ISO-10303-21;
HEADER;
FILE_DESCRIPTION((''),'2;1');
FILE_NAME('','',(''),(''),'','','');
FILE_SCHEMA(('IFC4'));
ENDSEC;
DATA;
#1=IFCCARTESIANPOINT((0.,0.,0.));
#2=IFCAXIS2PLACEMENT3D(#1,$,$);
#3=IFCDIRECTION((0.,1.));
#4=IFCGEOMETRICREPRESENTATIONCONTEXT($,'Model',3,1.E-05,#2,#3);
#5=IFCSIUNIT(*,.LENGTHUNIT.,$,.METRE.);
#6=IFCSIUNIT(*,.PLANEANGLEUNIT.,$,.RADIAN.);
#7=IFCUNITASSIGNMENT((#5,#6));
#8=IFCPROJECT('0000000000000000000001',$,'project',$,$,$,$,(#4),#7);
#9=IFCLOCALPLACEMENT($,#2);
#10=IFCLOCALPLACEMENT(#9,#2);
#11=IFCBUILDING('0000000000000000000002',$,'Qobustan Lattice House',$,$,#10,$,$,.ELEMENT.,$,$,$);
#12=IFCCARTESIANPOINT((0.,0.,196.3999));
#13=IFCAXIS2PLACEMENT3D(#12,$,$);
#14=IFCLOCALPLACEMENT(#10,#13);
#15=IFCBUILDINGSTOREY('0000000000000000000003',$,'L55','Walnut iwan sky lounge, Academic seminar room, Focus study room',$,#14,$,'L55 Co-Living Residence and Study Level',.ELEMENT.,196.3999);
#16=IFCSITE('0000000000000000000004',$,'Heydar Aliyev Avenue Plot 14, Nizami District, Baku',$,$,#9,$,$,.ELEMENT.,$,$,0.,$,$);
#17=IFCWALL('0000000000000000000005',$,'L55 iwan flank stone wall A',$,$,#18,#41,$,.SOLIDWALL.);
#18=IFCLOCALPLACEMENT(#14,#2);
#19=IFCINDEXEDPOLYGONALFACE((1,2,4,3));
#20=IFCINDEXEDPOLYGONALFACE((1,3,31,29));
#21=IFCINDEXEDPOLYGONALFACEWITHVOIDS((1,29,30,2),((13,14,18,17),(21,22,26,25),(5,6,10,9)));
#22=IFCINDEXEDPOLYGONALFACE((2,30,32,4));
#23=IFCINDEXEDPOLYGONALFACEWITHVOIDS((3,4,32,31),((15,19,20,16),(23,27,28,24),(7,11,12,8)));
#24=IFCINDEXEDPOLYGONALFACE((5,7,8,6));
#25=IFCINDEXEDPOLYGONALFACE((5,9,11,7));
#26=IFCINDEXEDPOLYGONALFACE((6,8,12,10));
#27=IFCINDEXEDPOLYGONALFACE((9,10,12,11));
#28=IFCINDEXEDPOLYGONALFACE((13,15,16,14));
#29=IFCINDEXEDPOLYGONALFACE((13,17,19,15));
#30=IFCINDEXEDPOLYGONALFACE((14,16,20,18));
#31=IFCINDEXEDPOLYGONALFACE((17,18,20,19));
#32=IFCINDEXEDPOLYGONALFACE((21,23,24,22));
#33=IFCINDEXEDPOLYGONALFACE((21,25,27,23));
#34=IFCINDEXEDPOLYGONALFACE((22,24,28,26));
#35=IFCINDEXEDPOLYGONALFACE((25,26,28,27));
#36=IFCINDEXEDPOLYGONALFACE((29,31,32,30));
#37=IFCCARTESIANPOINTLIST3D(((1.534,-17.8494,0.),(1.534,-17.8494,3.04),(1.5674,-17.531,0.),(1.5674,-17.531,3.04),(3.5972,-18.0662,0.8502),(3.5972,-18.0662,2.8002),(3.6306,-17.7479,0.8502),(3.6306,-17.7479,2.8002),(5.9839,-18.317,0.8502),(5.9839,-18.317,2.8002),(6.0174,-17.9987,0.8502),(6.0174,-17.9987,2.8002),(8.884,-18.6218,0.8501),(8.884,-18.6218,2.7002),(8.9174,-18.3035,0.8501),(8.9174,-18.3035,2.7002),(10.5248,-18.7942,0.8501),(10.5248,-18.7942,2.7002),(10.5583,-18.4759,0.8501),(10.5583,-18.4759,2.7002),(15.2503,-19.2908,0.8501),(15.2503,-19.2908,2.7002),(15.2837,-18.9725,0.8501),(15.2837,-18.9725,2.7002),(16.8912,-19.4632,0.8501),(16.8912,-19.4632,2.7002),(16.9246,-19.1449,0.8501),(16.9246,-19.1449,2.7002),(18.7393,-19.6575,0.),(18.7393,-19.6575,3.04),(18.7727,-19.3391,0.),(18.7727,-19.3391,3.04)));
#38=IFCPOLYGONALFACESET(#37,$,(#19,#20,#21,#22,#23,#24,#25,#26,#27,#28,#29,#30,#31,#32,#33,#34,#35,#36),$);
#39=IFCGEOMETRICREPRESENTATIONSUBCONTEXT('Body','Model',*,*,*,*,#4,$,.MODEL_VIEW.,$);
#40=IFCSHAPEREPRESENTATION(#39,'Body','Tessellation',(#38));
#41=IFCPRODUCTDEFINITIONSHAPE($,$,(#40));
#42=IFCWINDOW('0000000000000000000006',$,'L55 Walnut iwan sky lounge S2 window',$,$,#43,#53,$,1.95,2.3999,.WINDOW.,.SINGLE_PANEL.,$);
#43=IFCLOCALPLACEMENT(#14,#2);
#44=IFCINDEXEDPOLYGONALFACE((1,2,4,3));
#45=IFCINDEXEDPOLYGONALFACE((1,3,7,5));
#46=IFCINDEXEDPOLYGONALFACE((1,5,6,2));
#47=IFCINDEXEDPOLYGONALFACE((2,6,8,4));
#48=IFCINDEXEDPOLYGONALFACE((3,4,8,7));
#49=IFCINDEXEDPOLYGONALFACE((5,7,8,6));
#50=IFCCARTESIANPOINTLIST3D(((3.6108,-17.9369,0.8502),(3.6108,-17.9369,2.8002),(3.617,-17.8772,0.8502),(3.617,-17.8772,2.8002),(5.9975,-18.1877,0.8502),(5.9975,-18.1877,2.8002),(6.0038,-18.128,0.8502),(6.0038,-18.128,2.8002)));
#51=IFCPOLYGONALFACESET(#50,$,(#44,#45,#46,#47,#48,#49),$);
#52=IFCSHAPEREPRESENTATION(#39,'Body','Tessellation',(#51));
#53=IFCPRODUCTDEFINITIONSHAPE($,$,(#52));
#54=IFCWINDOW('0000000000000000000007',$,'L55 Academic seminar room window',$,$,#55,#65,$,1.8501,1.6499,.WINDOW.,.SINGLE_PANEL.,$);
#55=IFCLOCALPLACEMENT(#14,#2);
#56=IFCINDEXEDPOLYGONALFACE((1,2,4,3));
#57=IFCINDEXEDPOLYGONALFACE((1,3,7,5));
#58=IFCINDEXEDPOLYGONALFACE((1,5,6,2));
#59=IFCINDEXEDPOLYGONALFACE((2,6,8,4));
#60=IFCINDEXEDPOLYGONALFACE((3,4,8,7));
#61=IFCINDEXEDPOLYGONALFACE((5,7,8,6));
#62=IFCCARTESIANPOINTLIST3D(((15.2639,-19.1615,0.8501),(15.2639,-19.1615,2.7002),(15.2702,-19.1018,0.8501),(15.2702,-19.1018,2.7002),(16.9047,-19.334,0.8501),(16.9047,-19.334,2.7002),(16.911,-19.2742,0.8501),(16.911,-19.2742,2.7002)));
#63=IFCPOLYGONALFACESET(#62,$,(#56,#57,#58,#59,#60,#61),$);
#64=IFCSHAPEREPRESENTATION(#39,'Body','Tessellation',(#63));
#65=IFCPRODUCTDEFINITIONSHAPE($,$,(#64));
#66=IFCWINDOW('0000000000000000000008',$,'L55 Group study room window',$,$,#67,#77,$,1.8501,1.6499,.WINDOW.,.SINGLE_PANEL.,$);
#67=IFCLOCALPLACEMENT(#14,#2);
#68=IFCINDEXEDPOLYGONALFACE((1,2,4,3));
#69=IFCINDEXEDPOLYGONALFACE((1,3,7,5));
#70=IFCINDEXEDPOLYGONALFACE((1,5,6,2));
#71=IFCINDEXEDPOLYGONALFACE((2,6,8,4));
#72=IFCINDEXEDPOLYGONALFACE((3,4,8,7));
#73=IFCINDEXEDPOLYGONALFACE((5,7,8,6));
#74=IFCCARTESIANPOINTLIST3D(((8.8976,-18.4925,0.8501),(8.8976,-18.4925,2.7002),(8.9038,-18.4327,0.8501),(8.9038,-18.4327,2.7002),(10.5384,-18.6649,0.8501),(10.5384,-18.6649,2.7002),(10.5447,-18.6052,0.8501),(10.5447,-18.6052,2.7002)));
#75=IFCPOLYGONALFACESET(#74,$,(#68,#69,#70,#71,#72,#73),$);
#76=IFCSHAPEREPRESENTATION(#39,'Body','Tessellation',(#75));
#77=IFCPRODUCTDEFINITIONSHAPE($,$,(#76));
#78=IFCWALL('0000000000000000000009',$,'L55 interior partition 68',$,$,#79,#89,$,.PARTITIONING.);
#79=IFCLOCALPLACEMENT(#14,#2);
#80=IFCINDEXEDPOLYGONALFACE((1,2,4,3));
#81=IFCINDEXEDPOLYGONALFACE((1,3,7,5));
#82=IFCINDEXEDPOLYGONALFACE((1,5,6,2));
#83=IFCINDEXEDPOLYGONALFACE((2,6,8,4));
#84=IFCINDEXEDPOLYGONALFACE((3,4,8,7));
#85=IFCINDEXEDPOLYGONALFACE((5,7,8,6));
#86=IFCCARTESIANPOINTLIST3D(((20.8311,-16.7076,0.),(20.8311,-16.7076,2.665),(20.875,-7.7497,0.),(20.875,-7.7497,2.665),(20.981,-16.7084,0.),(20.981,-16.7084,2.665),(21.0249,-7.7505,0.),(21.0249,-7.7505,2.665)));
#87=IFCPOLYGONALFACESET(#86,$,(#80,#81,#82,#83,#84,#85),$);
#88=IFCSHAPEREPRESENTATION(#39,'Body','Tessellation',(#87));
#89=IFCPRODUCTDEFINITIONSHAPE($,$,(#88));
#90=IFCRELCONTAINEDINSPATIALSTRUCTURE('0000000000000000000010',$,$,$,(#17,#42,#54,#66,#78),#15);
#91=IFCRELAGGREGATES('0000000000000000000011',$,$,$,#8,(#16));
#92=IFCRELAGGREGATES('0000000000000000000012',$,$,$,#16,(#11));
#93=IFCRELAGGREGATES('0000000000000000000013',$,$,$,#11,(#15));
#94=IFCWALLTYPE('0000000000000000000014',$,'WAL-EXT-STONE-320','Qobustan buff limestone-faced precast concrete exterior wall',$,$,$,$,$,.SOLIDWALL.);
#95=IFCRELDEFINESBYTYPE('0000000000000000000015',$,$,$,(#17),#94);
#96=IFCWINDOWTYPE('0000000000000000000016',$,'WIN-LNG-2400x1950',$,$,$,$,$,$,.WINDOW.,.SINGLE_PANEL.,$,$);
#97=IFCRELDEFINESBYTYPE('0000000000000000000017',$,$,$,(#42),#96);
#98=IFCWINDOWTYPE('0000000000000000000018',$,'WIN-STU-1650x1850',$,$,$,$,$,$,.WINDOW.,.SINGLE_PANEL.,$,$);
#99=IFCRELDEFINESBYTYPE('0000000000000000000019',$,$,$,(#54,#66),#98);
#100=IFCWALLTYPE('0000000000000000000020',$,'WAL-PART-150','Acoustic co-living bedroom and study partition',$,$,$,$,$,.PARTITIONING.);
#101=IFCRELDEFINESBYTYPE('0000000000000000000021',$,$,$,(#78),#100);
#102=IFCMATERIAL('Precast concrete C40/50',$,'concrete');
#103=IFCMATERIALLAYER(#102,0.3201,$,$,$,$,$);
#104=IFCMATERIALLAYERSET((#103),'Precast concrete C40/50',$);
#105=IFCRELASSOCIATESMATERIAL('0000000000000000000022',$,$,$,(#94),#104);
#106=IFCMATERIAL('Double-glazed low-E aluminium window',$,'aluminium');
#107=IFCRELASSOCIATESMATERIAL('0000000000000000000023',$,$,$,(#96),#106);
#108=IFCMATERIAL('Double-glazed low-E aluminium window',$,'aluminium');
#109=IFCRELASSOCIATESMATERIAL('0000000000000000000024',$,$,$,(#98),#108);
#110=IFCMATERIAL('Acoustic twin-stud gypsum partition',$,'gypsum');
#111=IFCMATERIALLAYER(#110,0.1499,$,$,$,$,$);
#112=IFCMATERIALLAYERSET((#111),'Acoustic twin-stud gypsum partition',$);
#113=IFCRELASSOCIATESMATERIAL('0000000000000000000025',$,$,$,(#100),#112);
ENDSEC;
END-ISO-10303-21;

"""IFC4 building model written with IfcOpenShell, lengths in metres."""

from ifc_helpers import new_model, si_unit, direction, frame, frame_2d, origin, place, context, subcontext, project, spatial, rectangle, extrude, material, layer, layer_set, type_object, element, fill, save


model = new_model("IFC4")

# Units and contexts
model_context = context("Model", 3, precision=1e-05, world=origin(), true_north=direction((0.0, 1.0)))
body_context = subcontext(model_context, "Body", "Model", "MODEL_VIEW")
ifc_project = project(units=[si_unit("LENGTHUNIT", "METRE"), si_unit("PLANEANGLEUNIT", "RADIAN")], contexts=[model_context])

# Site, building, storey
site_placement = place(None, origin())
site = spatial("IfcSite", under=ifc_project, at=site_placement, Name="Heydar Aliyev Avenue Plot 14, Nizami District, Baku", CompositionType="ELEMENT", RefElevation=0.0)
building_placement = place(site_placement, origin())
building = spatial("IfcBuilding", under=site, at=building_placement, Name="Qobustan Lattice House", CompositionType="ELEMENT")
storey_placement = place(building_placement, frame((0.0, 0.0, 196.3999)))
storey = spatial("IfcBuildingStorey", under=building, at=storey_placement, Name="L55", Description="Walnut iwan sky lounge, Academic seminar room, Focus study room", LongName="L55 Co-Living Residence and Study Level", CompositionType="ELEMENT", Elevation=196.3999)

# Shared definitions
ifc_material_1 = material(Name="Precast concrete C40/50", Category="concrete")
ifc_layer_1 = layer(ifc_material_1, 0.3201)
ifc_layer_set_1 = layer_set([ifc_layer_1], Name="Precast concrete C40/50")
wall_type_1 = type_object("IfcWallType", Name="WAL-EXT-STONE-320", Description="Qobustan buff limestone-faced precast concrete exterior wall", PredefinedType="SOLIDWALL", material=ifc_layer_set_1)

# Wall, openings, windows
wall_1_placement = place(storey_placement, frame((18.7559, -19.4983, 0.0), z_axis=(0.0, 0.0, 1.0), x_axis=(-0.994523, 0.104514, 0.0)))
wall_1 = element("IfcWall", 1, at=wall_1_placement, inside=storey, type_object=wall_type_1, Name="L55 iwan flank stone wall A", PredefinedType="SOLIDWALL", context=body_context, shape_type="SweptSolid", body=[
    extrude(rectangle(XDim=17.3, YDim=0.3201, at=frame_2d((8.6499, 0.0))), origin(), (0.0, 0.0, 1.0), 3.04),
])
opening_1_placement = place(wall_1_placement, frame((1.8582, 0.0, 0.8501)))
opening_1 = element("IfcOpeningElement", 2, at=opening_1_placement, cuts=wall_1, PredefinedType="OPENING", context=body_context, shape_type="SweptSolid", body=[
    extrude(rectangle(XDim=1.6499, YDim=1.8501, at=frame_2d((0.825, 0.925))), frame((0.0, 0.1699, 0.0), z_axis=(0.0, -1.0, 0.0), x_axis=(1.0, 0.0, 0.0)), (0.0, 0.0, 1.0), 0.3401),
])
opening_2_placement = place(wall_1_placement, frame((8.2595, 0.0, 0.8501)))
opening_2 = element("IfcOpeningElement", 3, at=opening_2_placement, cuts=wall_1, PredefinedType="OPENING", context=body_context, shape_type="SweptSolid", body=[
    extrude(rectangle(XDim=1.6499, YDim=1.8501, at=frame_2d((0.825, 0.925))), frame((0.0, 0.1699, 0.0), z_axis=(0.0, -1.0, 0.0), x_axis=(1.0, 0.0, 0.0)), (0.0, 0.0, 1.0), 0.3401),
])
opening_3_placement = place(wall_1_placement, frame((12.8254, 0.0, 0.8501)))
opening_3 = element("IfcOpeningElement", 4, at=opening_3_placement, cuts=wall_1, PredefinedType="OPENING", context=body_context, shape_type="SweptSolid", body=[
    extrude(rectangle(XDim=2.3999, YDim=1.95, at=frame_2d((1.2, 0.9751))), frame((0.0, 0.1699, 0.0), z_axis=(0.0, -1.0, 0.0), x_axis=(1.0, 0.0, 0.0)), (0.0, 0.0, 1.0), 0.3401),
])
ifc_material_2 = material(Name="Double-glazed low-E aluminium window", Category="aluminium")
window_type_1 = type_object("IfcWindowType", Name="WIN-LNG-2400x1950", PartitioningType="SINGLE_PANEL", PredefinedType="WINDOW", material=ifc_material_2)
window_1_placement = place(opening_3_placement, origin())
window_1 = element("IfcWindow", 5, at=window_1_placement, inside=storey, type_object=window_type_1, Name="L55 Walnut iwan sky lounge S2 window", OverallHeight=1.95, OverallWidth=2.3999, PartitioningType="SINGLE_PANEL", PredefinedType="WINDOW", context=body_context, shape_type="SweptSolid", body=[
    extrude(rectangle(XDim=2.3999, YDim=1.95, at=frame_2d((1.2, 0.9751))), frame((0.0, 0.03, 0.0), z_axis=(0.0, -1.0, 0.0), x_axis=(1.0, 0.0, 0.0)), (0.0, 0.0, 1.0), 0.0601),
])
fill(opening_3, window_1)
ifc_material_3 = material(Name="Double-glazed low-E aluminium window", Category="aluminium")
window_type_2 = type_object("IfcWindowType", Name="WIN-STU-1650x1850", PartitioningType="SINGLE_PANEL", PredefinedType="WINDOW", material=ifc_material_3)
window_2_placement = place(opening_1_placement, origin())
window_2 = element("IfcWindow", 6, at=window_2_placement, inside=storey, type_object=window_type_2, Name="L55 Academic seminar room window", OverallHeight=1.8501, OverallWidth=1.6499, PartitioningType="SINGLE_PANEL", PredefinedType="WINDOW", context=body_context, shape_type="SweptSolid", body=[
    extrude(rectangle(XDim=1.6499, YDim=1.8501, at=frame_2d((0.825, 0.925))), frame((0.0, 0.03, 0.0), z_axis=(0.0, -1.0, 0.0), x_axis=(1.0, 0.0, 0.0)), (0.0, 0.0, 1.0), 0.0601),
])
fill(opening_1, window_2)
window_3_placement = place(opening_2_placement, origin())
window_3 = element("IfcWindow", 7, at=window_3_placement, inside=storey, type_object=window_type_2, Name="L55 Group study room window", OverallHeight=1.8501, OverallWidth=1.6499, PartitioningType="SINGLE_PANEL", PredefinedType="WINDOW", context=body_context, shape_type="SweptSolid", body=[
    extrude(rectangle(XDim=1.6499, YDim=1.8501, at=frame_2d((0.825, 0.925))), frame((0.0, 0.03, 0.0), z_axis=(0.0, -1.0, 0.0), x_axis=(1.0, 0.0, 0.0)), (0.0, 0.0, 1.0), 0.0601),
])
fill(opening_2, window_3)

# Wall
ifc_material_4 = material(Name="Acoustic twin-stud gypsum partition", Category="gypsum")
ifc_layer_2 = layer(ifc_material_4, 0.1499)
ifc_layer_set_2 = layer_set([ifc_layer_2], Name="Acoustic twin-stud gypsum partition")
wall_type_2 = type_object("IfcWallType", Name="WAL-PART-150", Description="Acoustic co-living bedroom and study partition", PredefinedType="PARTITIONING", material=ifc_layer_set_2)
wall_2_placement = place(storey_placement, frame((20.906, -16.708, 0.0), z_axis=(0.0, 0.0, 1.0), x_axis=(0.004906, 0.999988, 0.0)))
element("IfcWall", 8, at=wall_2_placement, inside=storey, type_object=wall_type_2, Name="L55 interior partition 68", PredefinedType="PARTITIONING", context=body_context, shape_type="SweptSolid", body=[
    extrude(rectangle(XDim=8.958, YDim=0.1499, at=frame_2d((4.479, 0.0))), origin(), (0.0, 0.0, 1.0), 2.665),
])

save(model, "model.ifc")
